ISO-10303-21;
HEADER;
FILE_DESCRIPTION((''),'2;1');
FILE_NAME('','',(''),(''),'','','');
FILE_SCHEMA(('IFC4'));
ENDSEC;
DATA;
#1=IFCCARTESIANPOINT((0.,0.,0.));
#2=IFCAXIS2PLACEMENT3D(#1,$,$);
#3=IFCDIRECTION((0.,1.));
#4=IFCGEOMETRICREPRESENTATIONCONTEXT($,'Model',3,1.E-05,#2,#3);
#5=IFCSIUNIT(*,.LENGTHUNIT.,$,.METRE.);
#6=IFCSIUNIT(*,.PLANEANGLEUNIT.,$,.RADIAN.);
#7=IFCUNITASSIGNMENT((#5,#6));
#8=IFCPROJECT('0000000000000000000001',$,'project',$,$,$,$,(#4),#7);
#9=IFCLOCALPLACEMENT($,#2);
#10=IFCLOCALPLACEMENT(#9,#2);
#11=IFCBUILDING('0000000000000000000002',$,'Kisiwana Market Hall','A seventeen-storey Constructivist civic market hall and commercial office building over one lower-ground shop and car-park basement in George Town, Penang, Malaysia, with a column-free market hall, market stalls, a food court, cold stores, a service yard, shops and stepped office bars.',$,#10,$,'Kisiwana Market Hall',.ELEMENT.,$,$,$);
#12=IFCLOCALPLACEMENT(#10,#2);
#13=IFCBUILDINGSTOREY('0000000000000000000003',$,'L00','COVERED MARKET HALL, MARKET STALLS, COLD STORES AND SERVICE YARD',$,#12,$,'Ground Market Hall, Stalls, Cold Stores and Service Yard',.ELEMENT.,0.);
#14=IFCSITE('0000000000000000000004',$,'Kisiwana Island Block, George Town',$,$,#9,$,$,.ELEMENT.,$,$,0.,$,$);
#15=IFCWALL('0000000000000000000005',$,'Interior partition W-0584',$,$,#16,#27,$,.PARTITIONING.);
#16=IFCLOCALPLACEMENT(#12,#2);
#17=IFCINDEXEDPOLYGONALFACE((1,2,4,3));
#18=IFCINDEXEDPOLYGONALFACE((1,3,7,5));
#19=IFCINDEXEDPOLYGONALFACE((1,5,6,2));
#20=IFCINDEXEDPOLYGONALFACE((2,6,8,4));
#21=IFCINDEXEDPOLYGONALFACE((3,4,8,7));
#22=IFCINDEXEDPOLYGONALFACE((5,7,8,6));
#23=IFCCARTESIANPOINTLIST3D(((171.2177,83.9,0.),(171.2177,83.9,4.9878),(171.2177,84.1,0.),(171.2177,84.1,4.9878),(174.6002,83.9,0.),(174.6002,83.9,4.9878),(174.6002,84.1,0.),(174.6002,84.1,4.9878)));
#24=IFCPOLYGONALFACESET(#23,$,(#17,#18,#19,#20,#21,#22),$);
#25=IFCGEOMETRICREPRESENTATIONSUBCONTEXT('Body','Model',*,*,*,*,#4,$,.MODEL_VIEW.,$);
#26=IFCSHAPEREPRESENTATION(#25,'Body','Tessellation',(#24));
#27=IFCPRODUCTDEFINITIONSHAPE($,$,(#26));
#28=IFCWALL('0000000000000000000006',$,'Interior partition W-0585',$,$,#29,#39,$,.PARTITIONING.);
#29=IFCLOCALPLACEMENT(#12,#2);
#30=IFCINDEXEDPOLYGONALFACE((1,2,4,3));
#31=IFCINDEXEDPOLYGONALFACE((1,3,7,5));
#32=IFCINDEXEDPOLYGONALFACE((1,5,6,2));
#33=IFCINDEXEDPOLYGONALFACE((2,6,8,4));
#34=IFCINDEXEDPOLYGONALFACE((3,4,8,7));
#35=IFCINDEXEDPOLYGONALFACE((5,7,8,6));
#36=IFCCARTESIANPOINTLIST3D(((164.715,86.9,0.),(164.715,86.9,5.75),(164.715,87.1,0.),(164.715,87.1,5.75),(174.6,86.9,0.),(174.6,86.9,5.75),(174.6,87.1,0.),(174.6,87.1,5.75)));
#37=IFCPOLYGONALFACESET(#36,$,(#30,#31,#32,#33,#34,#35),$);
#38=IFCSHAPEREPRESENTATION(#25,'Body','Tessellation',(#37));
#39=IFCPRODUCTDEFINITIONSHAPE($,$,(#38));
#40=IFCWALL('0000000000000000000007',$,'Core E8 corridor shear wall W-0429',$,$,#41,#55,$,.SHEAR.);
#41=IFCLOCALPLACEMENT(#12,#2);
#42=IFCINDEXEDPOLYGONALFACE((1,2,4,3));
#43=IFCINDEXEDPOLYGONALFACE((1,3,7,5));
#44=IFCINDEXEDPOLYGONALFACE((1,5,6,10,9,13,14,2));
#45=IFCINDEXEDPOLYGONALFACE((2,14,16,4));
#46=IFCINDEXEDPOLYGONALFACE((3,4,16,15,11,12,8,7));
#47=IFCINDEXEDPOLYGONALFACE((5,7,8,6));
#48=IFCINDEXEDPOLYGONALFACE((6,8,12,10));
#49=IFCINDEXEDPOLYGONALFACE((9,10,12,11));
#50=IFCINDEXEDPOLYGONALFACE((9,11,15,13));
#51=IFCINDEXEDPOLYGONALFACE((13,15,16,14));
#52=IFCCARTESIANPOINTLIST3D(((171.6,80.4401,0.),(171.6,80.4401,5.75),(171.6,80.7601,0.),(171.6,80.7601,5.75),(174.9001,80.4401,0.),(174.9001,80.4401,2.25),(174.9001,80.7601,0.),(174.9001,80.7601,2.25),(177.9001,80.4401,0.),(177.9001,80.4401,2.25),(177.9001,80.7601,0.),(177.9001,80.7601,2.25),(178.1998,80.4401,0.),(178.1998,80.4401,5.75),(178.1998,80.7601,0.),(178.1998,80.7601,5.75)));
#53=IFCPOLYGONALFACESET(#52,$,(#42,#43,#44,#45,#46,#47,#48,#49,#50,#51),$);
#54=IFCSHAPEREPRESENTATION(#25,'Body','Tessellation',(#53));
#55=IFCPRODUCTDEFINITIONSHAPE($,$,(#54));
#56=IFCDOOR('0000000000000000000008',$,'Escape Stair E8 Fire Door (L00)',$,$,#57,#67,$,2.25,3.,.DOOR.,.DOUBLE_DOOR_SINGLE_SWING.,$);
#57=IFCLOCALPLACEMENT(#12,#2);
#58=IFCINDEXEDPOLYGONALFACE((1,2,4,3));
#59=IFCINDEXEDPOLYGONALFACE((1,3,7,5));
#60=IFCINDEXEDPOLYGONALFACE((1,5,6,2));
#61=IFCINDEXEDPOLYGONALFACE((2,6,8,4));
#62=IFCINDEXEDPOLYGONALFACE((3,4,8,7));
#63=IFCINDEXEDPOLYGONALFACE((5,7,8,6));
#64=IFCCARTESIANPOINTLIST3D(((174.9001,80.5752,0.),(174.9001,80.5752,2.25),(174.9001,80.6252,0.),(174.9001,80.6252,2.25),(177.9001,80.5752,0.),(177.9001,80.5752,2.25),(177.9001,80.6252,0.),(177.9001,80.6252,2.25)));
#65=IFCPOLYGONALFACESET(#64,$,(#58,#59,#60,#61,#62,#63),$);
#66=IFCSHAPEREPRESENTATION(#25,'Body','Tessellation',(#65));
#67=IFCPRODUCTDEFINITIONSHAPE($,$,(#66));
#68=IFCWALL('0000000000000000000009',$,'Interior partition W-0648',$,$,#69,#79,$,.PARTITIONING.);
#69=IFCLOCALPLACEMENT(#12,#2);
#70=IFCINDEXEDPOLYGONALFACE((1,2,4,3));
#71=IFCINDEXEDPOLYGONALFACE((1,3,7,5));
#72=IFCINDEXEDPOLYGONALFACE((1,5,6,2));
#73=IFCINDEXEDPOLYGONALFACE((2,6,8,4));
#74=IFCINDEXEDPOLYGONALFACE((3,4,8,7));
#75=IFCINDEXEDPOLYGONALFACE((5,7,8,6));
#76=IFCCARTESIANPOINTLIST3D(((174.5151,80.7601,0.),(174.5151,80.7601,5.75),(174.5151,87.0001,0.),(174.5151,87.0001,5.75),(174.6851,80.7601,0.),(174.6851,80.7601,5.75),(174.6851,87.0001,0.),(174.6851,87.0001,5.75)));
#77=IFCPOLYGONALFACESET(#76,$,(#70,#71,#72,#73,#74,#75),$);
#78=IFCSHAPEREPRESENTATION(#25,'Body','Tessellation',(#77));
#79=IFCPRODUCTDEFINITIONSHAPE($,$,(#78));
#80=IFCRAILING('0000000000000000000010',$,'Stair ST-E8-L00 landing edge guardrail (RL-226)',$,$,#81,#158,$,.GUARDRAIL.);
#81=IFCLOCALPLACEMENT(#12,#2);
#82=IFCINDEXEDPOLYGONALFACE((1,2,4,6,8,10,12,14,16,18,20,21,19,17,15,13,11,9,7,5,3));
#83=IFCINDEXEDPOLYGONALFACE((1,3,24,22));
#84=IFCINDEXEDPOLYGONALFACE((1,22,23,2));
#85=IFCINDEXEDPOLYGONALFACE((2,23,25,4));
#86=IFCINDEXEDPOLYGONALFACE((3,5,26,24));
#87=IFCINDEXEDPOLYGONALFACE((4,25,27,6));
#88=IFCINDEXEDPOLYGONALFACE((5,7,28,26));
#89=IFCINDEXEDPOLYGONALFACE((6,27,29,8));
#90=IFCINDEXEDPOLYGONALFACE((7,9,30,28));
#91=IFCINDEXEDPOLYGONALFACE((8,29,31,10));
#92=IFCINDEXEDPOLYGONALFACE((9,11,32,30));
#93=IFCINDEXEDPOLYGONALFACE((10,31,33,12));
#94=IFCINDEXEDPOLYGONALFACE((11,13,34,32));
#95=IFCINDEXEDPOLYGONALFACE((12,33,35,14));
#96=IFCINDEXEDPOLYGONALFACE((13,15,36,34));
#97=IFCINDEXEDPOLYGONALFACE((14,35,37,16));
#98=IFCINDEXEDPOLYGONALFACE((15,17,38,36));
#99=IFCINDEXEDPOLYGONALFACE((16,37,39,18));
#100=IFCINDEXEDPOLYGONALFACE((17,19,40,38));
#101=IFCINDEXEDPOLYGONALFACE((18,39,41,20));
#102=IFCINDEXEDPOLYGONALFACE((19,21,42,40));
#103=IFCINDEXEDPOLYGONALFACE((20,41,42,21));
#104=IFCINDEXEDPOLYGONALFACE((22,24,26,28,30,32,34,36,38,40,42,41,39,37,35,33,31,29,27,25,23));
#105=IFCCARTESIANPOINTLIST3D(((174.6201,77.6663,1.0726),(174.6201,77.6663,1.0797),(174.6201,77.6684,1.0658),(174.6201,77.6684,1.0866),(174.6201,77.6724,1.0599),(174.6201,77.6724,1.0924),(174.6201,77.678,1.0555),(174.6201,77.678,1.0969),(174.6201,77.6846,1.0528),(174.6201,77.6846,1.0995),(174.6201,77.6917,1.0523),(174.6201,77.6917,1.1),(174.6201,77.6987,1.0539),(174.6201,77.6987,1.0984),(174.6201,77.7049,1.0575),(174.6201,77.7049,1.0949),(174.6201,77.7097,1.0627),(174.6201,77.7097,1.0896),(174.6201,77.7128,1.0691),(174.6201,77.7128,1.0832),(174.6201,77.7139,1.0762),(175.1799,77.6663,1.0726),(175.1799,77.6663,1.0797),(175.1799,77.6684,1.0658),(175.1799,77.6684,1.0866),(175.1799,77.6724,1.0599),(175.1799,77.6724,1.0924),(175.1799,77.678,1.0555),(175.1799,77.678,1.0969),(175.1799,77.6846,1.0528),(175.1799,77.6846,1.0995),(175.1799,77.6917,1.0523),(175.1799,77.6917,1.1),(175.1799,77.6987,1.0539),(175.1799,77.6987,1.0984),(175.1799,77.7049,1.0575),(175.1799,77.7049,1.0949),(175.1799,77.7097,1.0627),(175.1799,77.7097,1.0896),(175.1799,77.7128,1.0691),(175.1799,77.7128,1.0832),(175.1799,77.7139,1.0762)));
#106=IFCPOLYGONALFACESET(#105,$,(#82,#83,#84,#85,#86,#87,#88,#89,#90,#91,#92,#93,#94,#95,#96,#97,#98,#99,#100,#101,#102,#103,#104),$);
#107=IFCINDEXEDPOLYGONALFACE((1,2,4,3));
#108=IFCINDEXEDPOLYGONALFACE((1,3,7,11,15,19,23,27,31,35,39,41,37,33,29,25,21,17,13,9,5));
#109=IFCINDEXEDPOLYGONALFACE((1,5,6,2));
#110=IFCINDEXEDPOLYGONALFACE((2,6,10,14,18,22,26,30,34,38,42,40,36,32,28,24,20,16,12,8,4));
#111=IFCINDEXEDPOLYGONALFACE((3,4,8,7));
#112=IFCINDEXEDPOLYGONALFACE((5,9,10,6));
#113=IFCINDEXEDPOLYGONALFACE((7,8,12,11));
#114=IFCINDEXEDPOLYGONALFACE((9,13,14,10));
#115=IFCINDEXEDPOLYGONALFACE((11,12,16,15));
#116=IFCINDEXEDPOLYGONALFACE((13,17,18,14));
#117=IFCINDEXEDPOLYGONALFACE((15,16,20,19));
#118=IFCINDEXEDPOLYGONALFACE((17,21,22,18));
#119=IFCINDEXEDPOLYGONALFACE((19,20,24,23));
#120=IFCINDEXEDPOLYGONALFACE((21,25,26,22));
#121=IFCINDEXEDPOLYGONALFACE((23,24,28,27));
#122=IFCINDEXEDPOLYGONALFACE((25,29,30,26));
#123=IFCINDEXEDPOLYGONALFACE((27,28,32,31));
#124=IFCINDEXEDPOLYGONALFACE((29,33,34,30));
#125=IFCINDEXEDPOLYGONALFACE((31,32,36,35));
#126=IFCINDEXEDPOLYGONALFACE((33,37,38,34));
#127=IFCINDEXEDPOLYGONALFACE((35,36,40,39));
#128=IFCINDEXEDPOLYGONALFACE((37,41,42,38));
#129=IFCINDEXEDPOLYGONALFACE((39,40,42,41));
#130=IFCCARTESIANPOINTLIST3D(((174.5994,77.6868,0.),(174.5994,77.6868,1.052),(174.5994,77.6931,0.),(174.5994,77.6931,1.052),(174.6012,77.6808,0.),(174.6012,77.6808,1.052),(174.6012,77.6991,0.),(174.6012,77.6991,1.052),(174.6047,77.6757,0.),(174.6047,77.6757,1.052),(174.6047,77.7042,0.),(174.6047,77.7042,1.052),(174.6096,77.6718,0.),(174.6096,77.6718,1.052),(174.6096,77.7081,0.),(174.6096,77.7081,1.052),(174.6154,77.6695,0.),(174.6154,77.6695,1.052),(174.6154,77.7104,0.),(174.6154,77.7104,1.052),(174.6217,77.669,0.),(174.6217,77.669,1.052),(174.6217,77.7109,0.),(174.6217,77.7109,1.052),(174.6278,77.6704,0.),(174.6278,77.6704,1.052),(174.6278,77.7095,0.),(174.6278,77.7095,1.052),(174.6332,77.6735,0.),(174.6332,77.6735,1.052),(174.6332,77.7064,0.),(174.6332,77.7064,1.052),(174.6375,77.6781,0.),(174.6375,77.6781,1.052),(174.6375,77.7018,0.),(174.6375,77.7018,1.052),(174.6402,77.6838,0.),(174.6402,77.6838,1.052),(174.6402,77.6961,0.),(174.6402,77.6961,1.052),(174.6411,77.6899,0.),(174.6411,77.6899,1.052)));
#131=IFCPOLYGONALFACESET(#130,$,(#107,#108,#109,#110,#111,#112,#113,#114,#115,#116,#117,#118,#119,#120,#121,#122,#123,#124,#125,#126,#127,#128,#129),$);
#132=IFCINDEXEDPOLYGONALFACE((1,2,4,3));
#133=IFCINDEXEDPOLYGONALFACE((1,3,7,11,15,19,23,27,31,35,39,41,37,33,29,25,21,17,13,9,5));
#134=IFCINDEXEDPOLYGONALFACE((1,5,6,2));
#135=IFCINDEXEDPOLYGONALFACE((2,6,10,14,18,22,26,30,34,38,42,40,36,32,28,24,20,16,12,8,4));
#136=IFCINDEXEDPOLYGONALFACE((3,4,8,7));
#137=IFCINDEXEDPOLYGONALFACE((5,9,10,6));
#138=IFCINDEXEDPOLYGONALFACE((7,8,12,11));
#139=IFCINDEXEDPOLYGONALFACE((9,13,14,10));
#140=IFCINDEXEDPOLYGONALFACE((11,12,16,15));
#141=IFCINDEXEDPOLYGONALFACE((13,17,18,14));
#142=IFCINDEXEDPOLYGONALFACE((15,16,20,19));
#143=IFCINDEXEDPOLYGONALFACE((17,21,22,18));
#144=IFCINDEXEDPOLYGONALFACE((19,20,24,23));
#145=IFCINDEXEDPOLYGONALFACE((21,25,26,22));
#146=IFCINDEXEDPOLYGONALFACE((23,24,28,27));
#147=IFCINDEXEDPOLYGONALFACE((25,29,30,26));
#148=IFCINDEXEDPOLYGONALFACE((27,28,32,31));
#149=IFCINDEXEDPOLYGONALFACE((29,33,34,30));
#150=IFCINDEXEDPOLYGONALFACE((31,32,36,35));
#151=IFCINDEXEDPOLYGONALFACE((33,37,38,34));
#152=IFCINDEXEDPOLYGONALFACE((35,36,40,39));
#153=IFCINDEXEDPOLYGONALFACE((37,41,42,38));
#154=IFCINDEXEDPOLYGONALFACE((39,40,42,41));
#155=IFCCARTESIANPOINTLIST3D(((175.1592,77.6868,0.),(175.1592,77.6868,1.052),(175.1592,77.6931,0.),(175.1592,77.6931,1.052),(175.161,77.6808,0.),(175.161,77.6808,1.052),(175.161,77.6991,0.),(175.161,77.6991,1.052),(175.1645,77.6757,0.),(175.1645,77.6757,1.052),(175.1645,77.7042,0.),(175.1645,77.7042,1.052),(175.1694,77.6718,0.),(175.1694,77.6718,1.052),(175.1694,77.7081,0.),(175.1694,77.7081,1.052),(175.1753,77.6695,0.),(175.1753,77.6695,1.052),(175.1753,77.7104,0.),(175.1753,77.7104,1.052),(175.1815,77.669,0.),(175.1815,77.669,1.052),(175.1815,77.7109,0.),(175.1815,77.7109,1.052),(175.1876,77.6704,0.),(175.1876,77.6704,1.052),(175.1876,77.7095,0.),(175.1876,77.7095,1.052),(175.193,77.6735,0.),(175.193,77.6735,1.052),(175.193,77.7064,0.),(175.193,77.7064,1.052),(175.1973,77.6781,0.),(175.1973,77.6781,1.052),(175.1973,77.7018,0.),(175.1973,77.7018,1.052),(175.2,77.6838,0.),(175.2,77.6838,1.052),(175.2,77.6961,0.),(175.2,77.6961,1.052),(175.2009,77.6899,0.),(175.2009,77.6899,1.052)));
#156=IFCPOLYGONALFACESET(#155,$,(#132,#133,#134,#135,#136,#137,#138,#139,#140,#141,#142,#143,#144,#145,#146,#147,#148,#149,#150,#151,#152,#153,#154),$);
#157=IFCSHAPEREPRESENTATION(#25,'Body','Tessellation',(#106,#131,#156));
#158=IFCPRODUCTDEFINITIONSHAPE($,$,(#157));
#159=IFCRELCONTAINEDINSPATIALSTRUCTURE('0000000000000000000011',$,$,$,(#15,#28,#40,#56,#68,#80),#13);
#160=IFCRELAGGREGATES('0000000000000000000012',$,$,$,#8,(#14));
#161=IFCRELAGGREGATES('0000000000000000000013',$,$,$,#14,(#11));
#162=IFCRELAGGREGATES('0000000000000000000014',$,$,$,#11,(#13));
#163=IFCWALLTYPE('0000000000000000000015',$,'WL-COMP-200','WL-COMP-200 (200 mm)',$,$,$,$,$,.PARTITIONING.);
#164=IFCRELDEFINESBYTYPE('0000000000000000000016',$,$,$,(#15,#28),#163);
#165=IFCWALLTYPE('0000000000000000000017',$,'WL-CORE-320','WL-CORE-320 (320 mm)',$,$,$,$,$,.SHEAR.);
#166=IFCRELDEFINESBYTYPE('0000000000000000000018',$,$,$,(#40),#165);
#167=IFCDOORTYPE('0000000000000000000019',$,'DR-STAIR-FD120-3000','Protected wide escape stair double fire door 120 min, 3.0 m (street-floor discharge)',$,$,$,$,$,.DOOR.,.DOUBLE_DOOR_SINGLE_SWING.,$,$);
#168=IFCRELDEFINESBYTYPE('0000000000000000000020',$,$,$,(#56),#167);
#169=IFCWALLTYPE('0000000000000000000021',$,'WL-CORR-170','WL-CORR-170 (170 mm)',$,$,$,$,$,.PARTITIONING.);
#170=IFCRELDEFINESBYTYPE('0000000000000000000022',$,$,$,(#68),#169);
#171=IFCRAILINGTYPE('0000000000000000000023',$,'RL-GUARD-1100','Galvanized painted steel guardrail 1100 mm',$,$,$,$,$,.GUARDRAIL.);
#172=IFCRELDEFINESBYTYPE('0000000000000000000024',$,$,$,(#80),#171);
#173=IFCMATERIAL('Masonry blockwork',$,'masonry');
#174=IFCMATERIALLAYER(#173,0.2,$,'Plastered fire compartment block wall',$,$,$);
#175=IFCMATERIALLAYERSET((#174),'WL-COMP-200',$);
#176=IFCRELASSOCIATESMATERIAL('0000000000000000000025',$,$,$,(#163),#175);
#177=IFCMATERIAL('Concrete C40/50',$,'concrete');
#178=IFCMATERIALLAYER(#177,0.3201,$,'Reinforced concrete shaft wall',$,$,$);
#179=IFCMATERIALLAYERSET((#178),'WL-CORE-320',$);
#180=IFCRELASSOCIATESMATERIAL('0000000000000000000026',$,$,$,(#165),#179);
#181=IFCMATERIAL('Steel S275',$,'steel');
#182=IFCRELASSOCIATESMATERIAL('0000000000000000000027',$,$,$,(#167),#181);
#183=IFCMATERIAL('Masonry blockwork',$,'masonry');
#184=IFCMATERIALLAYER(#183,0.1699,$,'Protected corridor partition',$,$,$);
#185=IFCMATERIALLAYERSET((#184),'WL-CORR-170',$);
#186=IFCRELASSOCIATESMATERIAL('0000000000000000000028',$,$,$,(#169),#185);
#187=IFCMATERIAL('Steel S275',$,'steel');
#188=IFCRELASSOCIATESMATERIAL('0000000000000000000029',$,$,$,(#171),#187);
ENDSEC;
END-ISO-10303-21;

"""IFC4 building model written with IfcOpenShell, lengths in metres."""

from ifc_helpers import new_model, si_unit, direction, frame, frame_2d, origin, origin_2d, place, context, subcontext, project, spatial, rectangle, circle, extrude, material, layer, layer_set, type_object, element, fill, save


model = new_model("IFC4")

# Units and contexts
model_context = context("Model", 3, precision=1e-05, world=origin(), true_north=direction((0.0, 1.0)))
body_context = subcontext(model_context, "Body", "Model", "MODEL_VIEW")
ifc_project = project(units=[si_unit("LENGTHUNIT", "METRE"), si_unit("PLANEANGLEUNIT", "RADIAN")], contexts=[model_context])

# Site, building, storey
site_placement = place(None, origin())
site = spatial("IfcSite", under=ifc_project, at=site_placement, Name="Kisiwana Island Block, George Town", CompositionType="ELEMENT", RefElevation=0.0)
building_placement = place(site_placement, origin())
building = spatial("IfcBuilding", under=site, at=building_placement, Name="Kisiwana Market Hall", Description="A seventeen-storey Constructivist civic market hall and commercial office building over one lower-ground shop and car-park basement in George Town, Penang, Malaysia, with a column-free market hall, market stalls, a food court, cold stores, a service yard, shops and stepped office bars.", LongName="Kisiwana Market Hall", CompositionType="ELEMENT")
storey_placement = place(building_placement, origin())
storey = spatial("IfcBuildingStorey", under=building, at=storey_placement, Name="L00", Description="COVERED MARKET HALL, MARKET STALLS, COLD STORES AND SERVICE YARD", LongName="Ground Market Hall, Stalls, Cold Stores and Service Yard", CompositionType="ELEMENT", Elevation=0.0)

# Walls
ifc_material_1 = material(Name="Masonry blockwork", Category="masonry")
ifc_layer_1 = layer(ifc_material_1, 0.2, Name="Plastered fire compartment block wall")
ifc_layer_set_1 = layer_set([ifc_layer_1], Name="WL-COMP-200")
wall_type_1 = type_object("IfcWallType", Name="WL-COMP-200", Description="WL-COMP-200 (200 mm)", PredefinedType="PARTITIONING", material=ifc_layer_set_1)
wall_1_placement = place(storey_placement, frame((171.2175, 84.0, 0.0), z_axis=(0.0, 0.0, 1.0), x_axis=(1.0, 0.0, 0.0)))
element("IfcWall", 1, at=wall_1_placement, inside=storey, type_object=wall_type_1, Name="Interior partition W-0584", PredefinedType="PARTITIONING", context=body_context, shape_type="SweptSolid", body=[
    extrude(rectangle(XDim=3.3826, YDim=0.2, at=frame_2d((1.6914, 0.0))), origin(), (0.0, 0.0, 1.0), 4.9878),
])
wall_2_placement = place(storey_placement, frame((164.7151, 87.0, 0.0), z_axis=(0.0, 0.0, 1.0), x_axis=(1.0, 0.0, 0.0)))
element("IfcWall", 2, at=wall_2_placement, inside=storey, type_object=wall_type_1, Name="Interior partition W-0585", PredefinedType="PARTITIONING", context=body_context, shape_type="SweptSolid", body=[
    extrude(rectangle(XDim=9.885, YDim=0.2, at=frame_2d((4.9424, 0.0))), origin(), (0.0, 0.0, 1.0), 5.75),
])

# Wall, opening, door
ifc_material_2 = material(Name="Concrete C40/50", Category="concrete")
ifc_layer_2 = layer(ifc_material_2, 0.3201, Name="Reinforced concrete shaft wall")
ifc_layer_set_2 = layer_set([ifc_layer_2], Name="WL-CORE-320")
wall_type_2 = type_object("IfcWallType", Name="WL-CORE-320", Description="WL-CORE-320 (320 mm)", PredefinedType="SHEAR", material=ifc_layer_set_2)
wall_3_placement = place(storey_placement, frame((171.6001, 80.6001, 0.0), z_axis=(0.0, 0.0, 1.0), x_axis=(1.0, 0.0, 0.0)))
wall_3 = element("IfcWall", 3, at=wall_3_placement, inside=storey, type_object=wall_type_2, Name="Core E8 corridor shear wall W-0429", PredefinedType="SHEAR", context=body_context, shape_type="SweptSolid", body=[
    extrude(rectangle(XDim=6.5999, YDim=0.3201, at=frame_2d((3.2998, 0.0))), origin(), (0.0, 0.0, 1.0), 5.75),
])
opening_placement = place(wall_3_placement, frame((3.3, 0.0, 0.0)))
opening = element("IfcOpeningElement", 4, at=opening_placement, cuts=wall_3, PredefinedType="OPENING", context=body_context, shape_type="SweptSolid", body=[
    extrude(rectangle(XDim=3.0, YDim=2.25, at=frame_2d((1.5, 1.125))), frame((0.0, 0.1719, 0.0), z_axis=(0.0, -1.0, 0.0), x_axis=(1.0, 0.0, 0.0)), (0.0, 0.0, 1.0), 0.344),
])
ifc_material_3 = material(Name="Steel S275", Category="steel")
door_type = type_object("IfcDoorType", Name="DR-STAIR-FD120-3000", Description="Protected wide escape stair double fire door 120 min, 3.0 m (street-floor discharge)", OperationType="DOUBLE_DOOR_SINGLE_SWING", PredefinedType="DOOR", material=ifc_material_3)
door_placement = place(opening_placement, frame((3.0, 0.0, 0.0), z_axis=(0.0, 0.0, 1.0), x_axis=(-1.0, 0.0, 0.0)))
door = element("IfcDoor", 5, at=door_placement, inside=storey, type_object=door_type, Name="Escape Stair E8 Fire Door (L00)", OperationType="DOUBLE_DOOR_SINGLE_SWING", OverallHeight=2.25, OverallWidth=3.0, PredefinedType="DOOR", context=body_context, shape_type="SweptSolid", body=[
    extrude(rectangle(XDim=3.0, YDim=2.25, at=frame_2d((1.5, 1.125))), frame((0.0, 0.0249, 0.0), z_axis=(0.0, -1.0, 0.0), x_axis=(1.0, 0.0, 0.0)), (0.0, 0.0, 1.0), 0.05),
])
fill(opening, door)

# Wall
ifc_material_4 = material(Name="Masonry blockwork", Category="masonry")
ifc_layer_3 = layer(ifc_material_4, 0.1699, Name="Protected corridor partition")
ifc_layer_set_3 = layer_set([ifc_layer_3], Name="WL-CORR-170")
wall_type_3 = type_object("IfcWallType", Name="WL-CORR-170", Description="WL-CORR-170 (170 mm)", PredefinedType="PARTITIONING", material=ifc_layer_set_3)
wall_4_placement = place(storey_placement, frame((174.6001, 80.76, 0.0), z_axis=(0.0, 0.0, 1.0), x_axis=(0.0, 1.0, 0.0)))
element("IfcWall", 6, at=wall_4_placement, inside=storey, type_object=wall_type_3, Name="Interior partition W-0648", PredefinedType="PARTITIONING", context=body_context, shape_type="SweptSolid", body=[
    extrude(rectangle(XDim=6.24, YDim=0.1699, at=frame_2d((3.1201, 0.0))), origin(), (0.0, 0.0, 1.0), 5.75),
])

# Railing
ifc_material_5 = material(Name="Steel S275", Category="steel")
railing_type_1 = type_object("IfcRailingType", Name="RL-GUARD-1100", Description="Galvanized painted steel guardrail 1100 mm", PredefinedType="GUARDRAIL", material=ifc_material_5)
railing_1_placement = place(storey_placement, frame((174.6201, 77.6899, 0.0)))
element("IfcRailing", 7, at=railing_1_placement, inside=storey, type_object=railing_type_1, Name="Stair ST-E8-L00 landing edge guardrail (RL-226)", PredefinedType="GUARDRAIL", context=body_context, shape_type="SweptSolid", body=[
    extrude(circle(Radius=0.0239, at=origin_2d()), frame((0.0, 0.0, 1.0762), z_axis=(1.0, 0.0, 0.0), x_axis=(0.0, 1.0, 0.0)), (0.0, 0.0, 1.0), 0.5598),
    extrude(circle(Radius=0.021, at=origin_2d()), origin(), (0.0, 0.0, 1.0), 1.052),
    extrude(circle(Radius=0.021, at=origin_2d()), frame((0.5598, 0.0, 0.0)), (0.0, 0.0, 1.0), 1.052),
])

save(model, "model.ifc")
